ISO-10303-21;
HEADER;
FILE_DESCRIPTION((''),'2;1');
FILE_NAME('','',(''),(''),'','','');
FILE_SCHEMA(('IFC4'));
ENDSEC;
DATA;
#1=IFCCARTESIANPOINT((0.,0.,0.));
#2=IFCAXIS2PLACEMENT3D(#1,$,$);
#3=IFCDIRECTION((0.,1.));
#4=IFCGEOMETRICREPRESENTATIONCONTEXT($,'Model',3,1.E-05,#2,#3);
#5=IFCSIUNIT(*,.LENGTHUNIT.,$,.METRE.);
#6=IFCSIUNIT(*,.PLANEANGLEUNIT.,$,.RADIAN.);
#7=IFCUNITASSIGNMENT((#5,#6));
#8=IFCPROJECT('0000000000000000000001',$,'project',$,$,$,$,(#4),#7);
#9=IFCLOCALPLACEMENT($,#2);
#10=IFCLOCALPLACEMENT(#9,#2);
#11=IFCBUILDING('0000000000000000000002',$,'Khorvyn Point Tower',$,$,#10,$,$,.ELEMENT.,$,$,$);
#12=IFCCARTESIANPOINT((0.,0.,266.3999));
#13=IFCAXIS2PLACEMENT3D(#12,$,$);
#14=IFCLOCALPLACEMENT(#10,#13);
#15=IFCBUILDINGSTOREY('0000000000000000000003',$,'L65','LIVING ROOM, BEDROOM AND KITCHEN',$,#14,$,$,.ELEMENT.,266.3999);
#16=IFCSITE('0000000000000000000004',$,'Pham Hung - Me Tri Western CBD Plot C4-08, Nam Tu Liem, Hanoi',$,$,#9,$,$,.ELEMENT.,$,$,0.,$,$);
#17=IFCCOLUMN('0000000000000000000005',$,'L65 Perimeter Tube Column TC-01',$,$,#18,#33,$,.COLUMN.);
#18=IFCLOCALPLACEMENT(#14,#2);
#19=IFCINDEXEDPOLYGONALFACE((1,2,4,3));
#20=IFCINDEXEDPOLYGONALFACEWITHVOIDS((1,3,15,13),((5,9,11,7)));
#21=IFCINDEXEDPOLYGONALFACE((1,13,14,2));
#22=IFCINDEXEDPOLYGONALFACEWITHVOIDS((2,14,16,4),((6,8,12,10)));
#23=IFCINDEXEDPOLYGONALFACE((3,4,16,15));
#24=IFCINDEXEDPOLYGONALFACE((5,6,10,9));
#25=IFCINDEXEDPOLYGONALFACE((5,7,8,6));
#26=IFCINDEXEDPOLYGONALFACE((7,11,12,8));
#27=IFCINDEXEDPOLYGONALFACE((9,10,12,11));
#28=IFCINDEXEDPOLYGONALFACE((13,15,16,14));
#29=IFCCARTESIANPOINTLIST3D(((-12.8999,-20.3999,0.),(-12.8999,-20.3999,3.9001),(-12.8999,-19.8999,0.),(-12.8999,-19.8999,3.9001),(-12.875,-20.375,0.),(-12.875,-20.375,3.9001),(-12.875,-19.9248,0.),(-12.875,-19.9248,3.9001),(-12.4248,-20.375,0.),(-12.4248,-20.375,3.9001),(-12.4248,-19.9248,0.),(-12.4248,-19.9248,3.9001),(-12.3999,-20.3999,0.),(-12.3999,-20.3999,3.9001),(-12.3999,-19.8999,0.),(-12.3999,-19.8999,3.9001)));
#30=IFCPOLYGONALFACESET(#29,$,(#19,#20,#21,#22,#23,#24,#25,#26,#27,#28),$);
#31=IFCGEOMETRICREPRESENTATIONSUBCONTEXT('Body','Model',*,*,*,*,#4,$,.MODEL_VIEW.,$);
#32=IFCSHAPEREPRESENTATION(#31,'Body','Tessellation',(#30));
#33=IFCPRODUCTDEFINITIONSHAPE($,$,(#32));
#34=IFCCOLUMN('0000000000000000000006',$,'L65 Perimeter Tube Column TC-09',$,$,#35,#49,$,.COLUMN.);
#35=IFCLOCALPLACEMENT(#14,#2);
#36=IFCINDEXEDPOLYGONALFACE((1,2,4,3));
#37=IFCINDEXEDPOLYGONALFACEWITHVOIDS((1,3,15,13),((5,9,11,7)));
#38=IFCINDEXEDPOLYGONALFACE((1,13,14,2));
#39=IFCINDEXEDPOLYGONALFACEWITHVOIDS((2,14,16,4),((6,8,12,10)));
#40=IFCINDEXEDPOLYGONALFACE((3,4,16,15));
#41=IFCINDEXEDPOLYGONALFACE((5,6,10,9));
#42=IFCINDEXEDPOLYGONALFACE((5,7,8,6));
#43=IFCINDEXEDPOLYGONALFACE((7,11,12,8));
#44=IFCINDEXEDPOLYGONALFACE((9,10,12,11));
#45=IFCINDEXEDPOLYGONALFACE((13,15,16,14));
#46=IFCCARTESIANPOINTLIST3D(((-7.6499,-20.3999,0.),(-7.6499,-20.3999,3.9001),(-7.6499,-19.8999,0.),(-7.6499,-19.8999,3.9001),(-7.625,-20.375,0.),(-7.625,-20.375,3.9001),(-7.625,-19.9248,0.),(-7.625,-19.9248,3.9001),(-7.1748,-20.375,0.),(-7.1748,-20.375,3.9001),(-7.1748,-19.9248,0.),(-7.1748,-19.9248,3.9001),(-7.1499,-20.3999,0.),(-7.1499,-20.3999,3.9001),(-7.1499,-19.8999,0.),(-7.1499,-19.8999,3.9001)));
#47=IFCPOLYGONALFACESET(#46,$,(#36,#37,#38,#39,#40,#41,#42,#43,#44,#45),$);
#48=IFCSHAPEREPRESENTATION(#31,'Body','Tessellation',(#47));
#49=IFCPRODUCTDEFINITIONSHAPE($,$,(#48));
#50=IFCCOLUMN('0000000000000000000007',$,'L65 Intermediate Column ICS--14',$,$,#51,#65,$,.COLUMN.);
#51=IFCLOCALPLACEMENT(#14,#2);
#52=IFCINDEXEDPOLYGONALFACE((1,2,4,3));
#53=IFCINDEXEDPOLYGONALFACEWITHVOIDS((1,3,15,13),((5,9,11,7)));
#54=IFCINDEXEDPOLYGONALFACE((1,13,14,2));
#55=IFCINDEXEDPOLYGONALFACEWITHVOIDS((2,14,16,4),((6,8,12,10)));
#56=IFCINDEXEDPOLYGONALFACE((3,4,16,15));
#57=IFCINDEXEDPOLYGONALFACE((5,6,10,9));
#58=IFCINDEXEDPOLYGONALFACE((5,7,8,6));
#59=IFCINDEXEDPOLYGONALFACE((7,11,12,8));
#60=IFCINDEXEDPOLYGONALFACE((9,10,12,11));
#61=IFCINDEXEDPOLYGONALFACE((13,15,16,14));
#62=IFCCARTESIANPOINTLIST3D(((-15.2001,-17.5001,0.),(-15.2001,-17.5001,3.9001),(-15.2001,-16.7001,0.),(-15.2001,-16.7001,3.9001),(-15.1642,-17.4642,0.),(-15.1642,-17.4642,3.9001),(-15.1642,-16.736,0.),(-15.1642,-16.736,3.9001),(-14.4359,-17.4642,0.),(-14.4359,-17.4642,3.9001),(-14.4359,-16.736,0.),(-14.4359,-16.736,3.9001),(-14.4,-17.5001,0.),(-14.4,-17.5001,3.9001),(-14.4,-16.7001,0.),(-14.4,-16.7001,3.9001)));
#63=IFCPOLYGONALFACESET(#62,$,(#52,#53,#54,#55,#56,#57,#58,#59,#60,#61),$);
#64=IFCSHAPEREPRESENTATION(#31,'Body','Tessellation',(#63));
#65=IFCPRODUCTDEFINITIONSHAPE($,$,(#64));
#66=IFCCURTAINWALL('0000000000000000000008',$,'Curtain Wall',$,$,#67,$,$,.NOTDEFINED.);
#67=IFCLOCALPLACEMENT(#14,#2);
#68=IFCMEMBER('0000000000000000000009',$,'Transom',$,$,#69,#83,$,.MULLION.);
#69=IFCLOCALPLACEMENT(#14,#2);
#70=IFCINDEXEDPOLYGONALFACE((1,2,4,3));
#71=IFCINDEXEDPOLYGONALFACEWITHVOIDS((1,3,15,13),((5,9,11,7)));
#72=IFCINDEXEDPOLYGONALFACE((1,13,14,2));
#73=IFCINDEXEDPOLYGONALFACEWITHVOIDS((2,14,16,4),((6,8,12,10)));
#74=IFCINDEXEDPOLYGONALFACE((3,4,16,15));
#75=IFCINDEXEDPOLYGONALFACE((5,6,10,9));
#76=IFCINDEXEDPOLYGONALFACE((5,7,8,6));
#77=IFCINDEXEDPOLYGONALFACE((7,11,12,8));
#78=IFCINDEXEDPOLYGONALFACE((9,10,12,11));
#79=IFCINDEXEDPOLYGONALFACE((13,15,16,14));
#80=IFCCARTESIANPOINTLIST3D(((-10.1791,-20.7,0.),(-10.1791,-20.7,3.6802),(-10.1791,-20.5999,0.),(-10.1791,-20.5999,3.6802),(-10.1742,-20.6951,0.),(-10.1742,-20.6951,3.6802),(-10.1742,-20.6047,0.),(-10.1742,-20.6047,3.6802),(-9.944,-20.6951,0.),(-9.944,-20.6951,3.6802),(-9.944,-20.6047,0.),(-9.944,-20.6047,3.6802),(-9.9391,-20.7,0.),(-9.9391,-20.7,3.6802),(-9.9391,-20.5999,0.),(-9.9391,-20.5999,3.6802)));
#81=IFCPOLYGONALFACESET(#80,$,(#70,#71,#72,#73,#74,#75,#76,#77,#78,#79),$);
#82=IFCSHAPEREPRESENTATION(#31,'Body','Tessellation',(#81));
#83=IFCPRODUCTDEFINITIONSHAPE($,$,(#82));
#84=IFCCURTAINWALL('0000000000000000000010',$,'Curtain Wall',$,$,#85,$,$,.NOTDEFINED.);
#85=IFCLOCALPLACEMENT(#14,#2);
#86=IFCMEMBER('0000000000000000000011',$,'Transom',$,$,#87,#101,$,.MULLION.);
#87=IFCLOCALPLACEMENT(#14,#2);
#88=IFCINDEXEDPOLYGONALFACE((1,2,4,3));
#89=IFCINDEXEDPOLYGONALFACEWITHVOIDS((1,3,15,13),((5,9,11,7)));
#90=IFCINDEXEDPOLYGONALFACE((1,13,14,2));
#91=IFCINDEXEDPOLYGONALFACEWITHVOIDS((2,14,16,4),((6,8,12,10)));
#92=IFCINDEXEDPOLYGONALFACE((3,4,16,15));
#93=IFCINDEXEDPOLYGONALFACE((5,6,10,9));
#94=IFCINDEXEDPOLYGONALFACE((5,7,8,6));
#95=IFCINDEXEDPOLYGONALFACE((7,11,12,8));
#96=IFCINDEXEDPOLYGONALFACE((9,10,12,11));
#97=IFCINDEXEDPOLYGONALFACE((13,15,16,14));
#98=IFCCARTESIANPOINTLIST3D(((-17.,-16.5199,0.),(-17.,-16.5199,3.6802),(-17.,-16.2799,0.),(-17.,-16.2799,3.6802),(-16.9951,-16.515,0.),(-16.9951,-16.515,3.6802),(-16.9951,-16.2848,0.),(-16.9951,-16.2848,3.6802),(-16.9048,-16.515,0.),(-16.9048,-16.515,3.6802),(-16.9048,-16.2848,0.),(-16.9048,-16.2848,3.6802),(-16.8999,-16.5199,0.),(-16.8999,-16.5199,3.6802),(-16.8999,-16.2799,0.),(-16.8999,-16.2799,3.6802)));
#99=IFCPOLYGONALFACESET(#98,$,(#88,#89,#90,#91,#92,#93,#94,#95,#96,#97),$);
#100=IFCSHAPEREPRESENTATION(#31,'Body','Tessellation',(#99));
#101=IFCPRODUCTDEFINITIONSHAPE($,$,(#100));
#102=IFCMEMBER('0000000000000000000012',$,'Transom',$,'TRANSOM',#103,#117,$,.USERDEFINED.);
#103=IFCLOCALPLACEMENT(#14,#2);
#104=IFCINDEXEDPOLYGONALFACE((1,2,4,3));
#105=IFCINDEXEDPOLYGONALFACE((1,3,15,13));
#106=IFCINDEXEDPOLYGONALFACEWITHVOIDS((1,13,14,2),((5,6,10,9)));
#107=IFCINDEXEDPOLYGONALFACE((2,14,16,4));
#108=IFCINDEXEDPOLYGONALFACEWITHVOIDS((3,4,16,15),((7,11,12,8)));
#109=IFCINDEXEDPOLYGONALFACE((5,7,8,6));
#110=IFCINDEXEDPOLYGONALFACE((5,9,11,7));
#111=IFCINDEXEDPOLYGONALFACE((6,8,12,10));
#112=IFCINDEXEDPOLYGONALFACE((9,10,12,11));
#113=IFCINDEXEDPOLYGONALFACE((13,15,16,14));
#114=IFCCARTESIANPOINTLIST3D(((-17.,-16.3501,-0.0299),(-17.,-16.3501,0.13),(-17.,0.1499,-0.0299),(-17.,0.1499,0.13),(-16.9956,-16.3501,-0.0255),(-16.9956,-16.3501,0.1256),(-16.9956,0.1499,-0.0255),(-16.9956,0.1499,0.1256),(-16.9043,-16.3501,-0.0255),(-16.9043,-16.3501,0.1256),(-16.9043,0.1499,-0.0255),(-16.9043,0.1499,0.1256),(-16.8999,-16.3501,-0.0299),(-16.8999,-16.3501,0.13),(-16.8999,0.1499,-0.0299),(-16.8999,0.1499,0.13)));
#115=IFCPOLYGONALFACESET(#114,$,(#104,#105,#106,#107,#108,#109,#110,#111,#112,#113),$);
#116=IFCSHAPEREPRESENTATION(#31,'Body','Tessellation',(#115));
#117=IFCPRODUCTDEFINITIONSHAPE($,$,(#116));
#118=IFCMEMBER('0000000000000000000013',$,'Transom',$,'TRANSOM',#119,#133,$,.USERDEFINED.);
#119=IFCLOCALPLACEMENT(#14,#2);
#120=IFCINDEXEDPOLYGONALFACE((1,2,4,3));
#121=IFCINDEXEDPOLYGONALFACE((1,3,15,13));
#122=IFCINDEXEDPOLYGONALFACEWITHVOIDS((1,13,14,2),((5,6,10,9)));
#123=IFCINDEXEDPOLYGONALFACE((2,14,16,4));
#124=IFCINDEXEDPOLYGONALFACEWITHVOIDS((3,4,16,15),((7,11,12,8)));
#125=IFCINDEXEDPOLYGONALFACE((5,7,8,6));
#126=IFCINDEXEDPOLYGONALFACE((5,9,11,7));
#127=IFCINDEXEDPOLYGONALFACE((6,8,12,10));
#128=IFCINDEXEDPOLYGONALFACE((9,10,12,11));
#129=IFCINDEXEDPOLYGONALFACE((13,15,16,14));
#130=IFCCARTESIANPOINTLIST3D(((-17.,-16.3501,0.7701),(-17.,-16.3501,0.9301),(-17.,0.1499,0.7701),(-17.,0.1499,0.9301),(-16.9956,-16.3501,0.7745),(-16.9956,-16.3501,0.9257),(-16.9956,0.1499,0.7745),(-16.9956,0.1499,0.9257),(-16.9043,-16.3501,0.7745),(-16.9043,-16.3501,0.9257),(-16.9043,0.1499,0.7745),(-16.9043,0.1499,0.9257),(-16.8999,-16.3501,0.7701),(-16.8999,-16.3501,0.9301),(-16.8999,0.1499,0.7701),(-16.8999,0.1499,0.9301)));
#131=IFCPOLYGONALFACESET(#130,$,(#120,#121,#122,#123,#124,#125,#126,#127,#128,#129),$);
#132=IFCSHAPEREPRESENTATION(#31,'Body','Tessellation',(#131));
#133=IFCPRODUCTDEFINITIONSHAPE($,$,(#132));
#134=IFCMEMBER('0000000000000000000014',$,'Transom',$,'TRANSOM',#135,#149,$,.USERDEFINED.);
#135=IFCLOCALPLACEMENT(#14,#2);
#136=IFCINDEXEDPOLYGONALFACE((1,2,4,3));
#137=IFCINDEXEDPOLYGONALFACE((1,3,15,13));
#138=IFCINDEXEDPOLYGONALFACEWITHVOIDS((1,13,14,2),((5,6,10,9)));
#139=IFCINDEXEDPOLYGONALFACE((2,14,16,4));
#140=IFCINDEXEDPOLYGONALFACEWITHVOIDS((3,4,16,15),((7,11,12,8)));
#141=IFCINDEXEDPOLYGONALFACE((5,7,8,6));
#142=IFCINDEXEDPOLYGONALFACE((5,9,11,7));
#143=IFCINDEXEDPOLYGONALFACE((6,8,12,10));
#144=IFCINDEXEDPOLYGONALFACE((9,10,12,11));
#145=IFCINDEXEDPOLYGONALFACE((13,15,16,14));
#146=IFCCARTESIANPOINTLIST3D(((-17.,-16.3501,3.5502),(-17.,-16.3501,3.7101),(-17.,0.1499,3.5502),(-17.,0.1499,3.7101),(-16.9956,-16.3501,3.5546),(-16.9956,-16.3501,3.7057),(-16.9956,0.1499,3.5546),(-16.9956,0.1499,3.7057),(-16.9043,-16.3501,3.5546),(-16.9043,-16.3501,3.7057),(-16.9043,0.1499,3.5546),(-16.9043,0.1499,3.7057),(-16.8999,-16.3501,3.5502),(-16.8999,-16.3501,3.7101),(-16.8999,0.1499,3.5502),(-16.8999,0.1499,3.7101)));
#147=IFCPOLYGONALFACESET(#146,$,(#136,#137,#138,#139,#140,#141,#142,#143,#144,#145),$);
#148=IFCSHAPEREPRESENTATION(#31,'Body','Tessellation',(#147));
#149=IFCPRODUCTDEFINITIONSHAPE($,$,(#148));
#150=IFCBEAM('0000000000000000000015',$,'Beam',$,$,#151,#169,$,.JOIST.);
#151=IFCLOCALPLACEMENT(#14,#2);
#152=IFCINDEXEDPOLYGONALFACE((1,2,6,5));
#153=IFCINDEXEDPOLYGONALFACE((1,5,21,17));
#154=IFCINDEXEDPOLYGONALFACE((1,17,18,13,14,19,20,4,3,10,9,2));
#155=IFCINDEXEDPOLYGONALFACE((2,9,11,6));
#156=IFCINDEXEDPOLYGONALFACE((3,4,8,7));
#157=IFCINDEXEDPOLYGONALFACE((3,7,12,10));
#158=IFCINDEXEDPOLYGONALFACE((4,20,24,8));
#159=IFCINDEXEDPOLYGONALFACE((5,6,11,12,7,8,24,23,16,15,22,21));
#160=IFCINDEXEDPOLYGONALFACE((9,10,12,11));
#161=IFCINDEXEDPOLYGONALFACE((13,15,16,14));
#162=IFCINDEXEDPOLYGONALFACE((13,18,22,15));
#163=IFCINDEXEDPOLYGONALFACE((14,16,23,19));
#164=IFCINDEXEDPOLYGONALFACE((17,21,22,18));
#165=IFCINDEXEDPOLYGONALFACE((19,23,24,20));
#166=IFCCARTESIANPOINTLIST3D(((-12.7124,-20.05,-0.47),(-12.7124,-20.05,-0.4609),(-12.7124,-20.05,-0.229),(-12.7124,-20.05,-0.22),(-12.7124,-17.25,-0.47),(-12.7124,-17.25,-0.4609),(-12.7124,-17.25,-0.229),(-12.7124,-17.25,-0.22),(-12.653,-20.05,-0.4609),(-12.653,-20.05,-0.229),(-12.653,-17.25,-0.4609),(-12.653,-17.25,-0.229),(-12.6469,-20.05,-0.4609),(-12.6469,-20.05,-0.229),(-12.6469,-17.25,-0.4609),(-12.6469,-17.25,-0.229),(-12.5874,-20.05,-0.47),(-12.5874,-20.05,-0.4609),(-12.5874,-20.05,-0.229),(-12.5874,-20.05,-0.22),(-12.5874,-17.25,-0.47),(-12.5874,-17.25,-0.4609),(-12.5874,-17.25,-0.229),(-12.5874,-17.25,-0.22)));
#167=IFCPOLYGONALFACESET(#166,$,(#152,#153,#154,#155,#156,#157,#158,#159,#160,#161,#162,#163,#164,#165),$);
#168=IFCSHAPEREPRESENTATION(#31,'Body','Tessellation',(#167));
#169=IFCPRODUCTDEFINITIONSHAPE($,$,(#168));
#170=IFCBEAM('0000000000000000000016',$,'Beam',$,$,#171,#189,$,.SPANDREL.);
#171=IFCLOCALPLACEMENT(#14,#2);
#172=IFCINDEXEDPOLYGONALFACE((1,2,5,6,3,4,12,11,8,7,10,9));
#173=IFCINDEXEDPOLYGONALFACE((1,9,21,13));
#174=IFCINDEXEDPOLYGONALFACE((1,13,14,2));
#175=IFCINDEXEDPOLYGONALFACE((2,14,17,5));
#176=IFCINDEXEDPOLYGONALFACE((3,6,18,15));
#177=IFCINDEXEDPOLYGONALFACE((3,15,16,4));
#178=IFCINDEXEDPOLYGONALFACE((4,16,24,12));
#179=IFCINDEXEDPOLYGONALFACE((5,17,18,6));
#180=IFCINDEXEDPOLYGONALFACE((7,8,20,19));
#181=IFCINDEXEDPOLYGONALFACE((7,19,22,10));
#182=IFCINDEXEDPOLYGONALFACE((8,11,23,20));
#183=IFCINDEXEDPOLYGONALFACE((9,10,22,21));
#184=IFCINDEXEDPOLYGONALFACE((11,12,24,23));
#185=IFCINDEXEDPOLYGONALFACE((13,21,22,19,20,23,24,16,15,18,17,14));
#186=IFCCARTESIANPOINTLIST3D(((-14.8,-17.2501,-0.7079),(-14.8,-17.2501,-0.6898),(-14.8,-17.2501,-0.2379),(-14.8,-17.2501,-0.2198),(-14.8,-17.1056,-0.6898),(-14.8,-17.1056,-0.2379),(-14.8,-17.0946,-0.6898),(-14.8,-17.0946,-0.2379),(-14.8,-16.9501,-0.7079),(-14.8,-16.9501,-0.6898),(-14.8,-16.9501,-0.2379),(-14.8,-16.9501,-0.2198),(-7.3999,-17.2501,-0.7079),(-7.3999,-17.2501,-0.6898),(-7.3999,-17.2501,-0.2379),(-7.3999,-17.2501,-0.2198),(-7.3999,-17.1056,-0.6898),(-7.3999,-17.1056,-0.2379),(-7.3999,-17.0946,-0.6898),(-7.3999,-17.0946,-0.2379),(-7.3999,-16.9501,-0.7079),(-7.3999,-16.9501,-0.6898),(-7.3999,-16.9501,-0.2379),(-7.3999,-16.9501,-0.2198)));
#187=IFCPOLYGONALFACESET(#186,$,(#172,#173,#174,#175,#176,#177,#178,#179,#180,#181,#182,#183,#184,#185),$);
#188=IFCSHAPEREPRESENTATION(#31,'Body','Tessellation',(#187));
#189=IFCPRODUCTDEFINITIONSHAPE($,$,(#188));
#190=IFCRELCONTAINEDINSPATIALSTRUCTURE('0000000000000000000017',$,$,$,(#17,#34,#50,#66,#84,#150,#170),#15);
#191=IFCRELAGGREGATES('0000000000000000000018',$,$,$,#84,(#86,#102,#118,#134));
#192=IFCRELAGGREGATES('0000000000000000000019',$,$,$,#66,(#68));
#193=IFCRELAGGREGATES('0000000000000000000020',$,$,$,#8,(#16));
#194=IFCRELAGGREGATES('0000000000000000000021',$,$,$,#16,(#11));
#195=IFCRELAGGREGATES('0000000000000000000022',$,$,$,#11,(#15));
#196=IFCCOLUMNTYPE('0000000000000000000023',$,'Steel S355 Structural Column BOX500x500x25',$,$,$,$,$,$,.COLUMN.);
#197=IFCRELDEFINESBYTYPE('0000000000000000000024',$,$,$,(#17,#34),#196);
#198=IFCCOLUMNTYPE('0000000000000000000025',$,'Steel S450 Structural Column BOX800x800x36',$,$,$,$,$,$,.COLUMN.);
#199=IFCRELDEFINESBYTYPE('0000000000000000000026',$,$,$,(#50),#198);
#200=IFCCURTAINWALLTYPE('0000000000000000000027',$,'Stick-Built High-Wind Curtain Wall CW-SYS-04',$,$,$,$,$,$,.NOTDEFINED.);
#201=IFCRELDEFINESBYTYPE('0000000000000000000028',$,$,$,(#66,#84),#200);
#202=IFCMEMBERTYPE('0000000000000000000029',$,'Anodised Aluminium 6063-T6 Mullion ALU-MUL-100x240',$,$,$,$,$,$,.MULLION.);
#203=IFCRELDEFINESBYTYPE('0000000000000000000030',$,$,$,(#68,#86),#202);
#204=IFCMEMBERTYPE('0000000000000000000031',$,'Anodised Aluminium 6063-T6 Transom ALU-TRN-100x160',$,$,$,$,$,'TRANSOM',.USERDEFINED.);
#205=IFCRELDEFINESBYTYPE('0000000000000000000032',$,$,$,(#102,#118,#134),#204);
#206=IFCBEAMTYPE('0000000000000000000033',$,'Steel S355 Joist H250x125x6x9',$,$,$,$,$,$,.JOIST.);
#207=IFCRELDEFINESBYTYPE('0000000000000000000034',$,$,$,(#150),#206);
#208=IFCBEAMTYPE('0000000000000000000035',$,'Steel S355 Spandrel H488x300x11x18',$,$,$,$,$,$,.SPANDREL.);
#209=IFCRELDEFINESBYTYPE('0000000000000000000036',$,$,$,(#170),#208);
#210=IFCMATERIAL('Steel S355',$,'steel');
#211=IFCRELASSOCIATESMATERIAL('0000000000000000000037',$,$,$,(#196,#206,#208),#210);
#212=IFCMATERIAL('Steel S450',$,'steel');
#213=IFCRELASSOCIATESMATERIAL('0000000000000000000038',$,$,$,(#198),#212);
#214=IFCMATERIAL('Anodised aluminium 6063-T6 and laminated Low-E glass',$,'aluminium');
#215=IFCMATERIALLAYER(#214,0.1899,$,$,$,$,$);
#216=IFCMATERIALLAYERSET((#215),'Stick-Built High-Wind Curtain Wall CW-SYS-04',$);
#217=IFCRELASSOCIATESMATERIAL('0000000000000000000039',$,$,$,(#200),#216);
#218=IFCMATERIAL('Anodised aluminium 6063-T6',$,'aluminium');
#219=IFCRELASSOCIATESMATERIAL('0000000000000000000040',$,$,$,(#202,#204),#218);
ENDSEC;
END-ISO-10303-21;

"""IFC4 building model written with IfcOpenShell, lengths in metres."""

from ifc_helpers import new_model, si_unit, direction, frame, origin, origin_2d, place, context, subcontext, project, spatial, hollow_rectangle, i_section, extrude, material, layer, layer_set, material_profile, profile_set, type_object, element, aggregate, save


model = new_model("IFC4")

# Units and contexts
model_context = context("Model", 3, precision=1e-05, world=origin(), true_north=direction((0.0, 1.0)))
body_context = subcontext(model_context, "Body", "Model", "MODEL_VIEW")
ifc_project = project(units=[si_unit("LENGTHUNIT", "METRE"), si_unit("PLANEANGLEUNIT", "RADIAN")], contexts=[model_context])

# Site, building, storey
site_placement = place(None, origin())
site = spatial("IfcSite", under=ifc_project, at=site_placement, Name="Pham Hung - Me Tri Western CBD Plot C4-08, Nam Tu Liem, Hanoi", CompositionType="ELEMENT", RefElevation=0.0)
building_placement = place(site_placement, origin())
building = spatial("IfcBuilding", under=site, at=building_placement, Name="Khorvyn Point Tower", CompositionType="ELEMENT")
storey_placement = place(building_placement, frame((0.0, 0.0, 266.3999)))
storey = spatial("IfcBuildingStorey", under=building, at=storey_placement, Name="L65", Description="LIVING ROOM, BEDROOM AND KITCHEN", CompositionType="ELEMENT", Elevation=266.3999)

# Columns
ifc_material_1 = material(Name="Steel S355", Category="steel")
ifc_material_profile_1 = material_profile(ifc_material_1, hollow_rectangle(XDim=0.5, YDim=0.5, WallThickness=0.0249, at=origin_2d()))
ifc_profile_set_1 = profile_set([ifc_material_profile_1], Name="Steel S355 BOX500x500x25")
column_type_1 = type_object("IfcColumnType", Name="Steel S355 Structural Column BOX500x500x25", PredefinedType="COLUMN", material=ifc_profile_set_1)
for number, where, z_axis, x_axis, name in (
    (1, (-12.6499, -20.1499, 0.0), (0.0, 0.0, 1.0), (1.0, 0.0, 0.0), "L65 Perimeter Tube Column TC-01"),
    (2, (-7.3999, -20.1499, 0.0), (0.0, 0.0, 1.0), (1.0, 0.0, 0.0), "L65 Perimeter Tube Column TC-09"),
):
    element("IfcColumn", number, at=place(storey_placement, frame(where, z_axis=z_axis, x_axis=x_axis)), inside=storey, type_object=column_type_1, Name=name, PredefinedType="COLUMN", context=body_context, shape_type="SweptSolid", body=[
        extrude(hollow_rectangle(XDim=0.5, YDim=0.5, WallThickness=0.0249, at=origin_2d()), origin(), (0.0, 0.0, 1.0), 3.9001),
    ])
ifc_material_2 = material(Name="Steel S450", Category="steel")
ifc_material_profile_2 = material_profile(ifc_material_2, hollow_rectangle(XDim=0.8, YDim=0.8, WallThickness=0.0359, at=origin_2d()))
ifc_profile_set_2 = profile_set([ifc_material_profile_2], Name="Steel S450 BOX800x800x36")
column_type_2 = type_object("IfcColumnType", Name="Steel S450 Structural Column BOX800x800x36", PredefinedType="COLUMN", material=ifc_profile_set_2)
column_placement = place(storey_placement, frame((-14.8, -17.1001, 0.0), z_axis=(0.0, 0.0, 1.0), x_axis=(1.0, 0.0, 0.0)))
element("IfcColumn", 3, at=column_placement, inside=storey, type_object=column_type_2, Name="L65 Intermediate Column ICS--14", PredefinedType="COLUMN", context=body_context, shape_type="SweptSolid", body=[
    extrude(hollow_rectangle(XDim=0.8, YDim=0.8, WallThickness=0.0359, at=origin_2d()), origin(), (0.0, 0.0, 1.0), 3.9001),
])

# Curtain wall, member
ifc_material_3 = material(Name="Anodised aluminium 6063-T6 and laminated Low-E glass", Category="aluminium")
ifc_layer_1 = layer(ifc_material_3, 0.1899)
ifc_layer_set_1 = layer_set([ifc_layer_1], Name="Stick-Built High-Wind Curtain Wall CW-SYS-04")
curtain_wall_type = type_object("IfcCurtainWallType", Name="Stick-Built High-Wind Curtain Wall CW-SYS-04", PredefinedType="NOTDEFINED", material=ifc_layer_set_1)
curtain_wall_1_placement = place(storey_placement, origin())
curtain_wall_1 = element("IfcCurtainWall", 4, at=curtain_wall_1_placement, inside=storey, type_object=curtain_wall_type, Name="Curtain Wall", PredefinedType="NOTDEFINED")
ifc_material_4 = material(Name="Anodised aluminium 6063-T6", Category="aluminium")
ifc_material_profile_3 = material_profile(ifc_material_4, hollow_rectangle(XDim=0.1001, YDim=0.24, WallThickness=0.0049, at=origin_2d()))
ifc_profile_set_3 = profile_set([ifc_material_profile_3], Name="Anodised aluminium 6063-T6 ALU-MUL-100x240")
member_type_1 = type_object("IfcMemberType", Name="Anodised Aluminium 6063-T6 Mullion ALU-MUL-100x240", PredefinedType="MULLION", material=ifc_profile_set_3)
member_1_placement = place(storey_placement, frame((-10.0591, -20.6499, 0.0), z_axis=(0.0, 0.0, 1.0), x_axis=(0.0, -1.0, 0.0)))
member_1 = element("IfcMember", 5, at=member_1_placement, type_object=member_type_1, Name="Transom", PredefinedType="MULLION", context=body_context, shape_type="SweptSolid", body=[
    extrude(hollow_rectangle(XDim=0.1001, YDim=0.24, WallThickness=0.0049, at=origin_2d()), origin(), (0.0, 0.0, 1.0), 3.6802),
])

# Curtain wall, members
curtain_wall_2_placement = place(storey_placement, origin())
curtain_wall_2 = element("IfcCurtainWall", 6, at=curtain_wall_2_placement, inside=storey, type_object=curtain_wall_type, Name="Curtain Wall", PredefinedType="NOTDEFINED")
member_2_placement = place(storey_placement, frame((-16.95, -16.3999, 0.0), z_axis=(0.0, 0.0, 1.0), x_axis=(-1.0, 0.0, 0.0)))
member_2 = element("IfcMember", 7, at=member_2_placement, type_object=member_type_1, Name="Transom", PredefinedType="MULLION", context=body_context, shape_type="SweptSolid", body=[
    extrude(hollow_rectangle(XDim=0.1001, YDim=0.24, WallThickness=0.0049, at=origin_2d()), origin(), (0.0, 0.0, 1.0), 3.6802),
])
ifc_material_profile_4 = material_profile(ifc_material_4, hollow_rectangle(XDim=0.1001, YDim=0.1599, WallThickness=0.0044, at=origin_2d()))
ifc_profile_set_4 = profile_set([ifc_material_profile_4], Name="Anodised aluminium 6063-T6 ALU-TRN-100x160")
member_type_2 = type_object("IfcMemberType", Name="Anodised Aluminium 6063-T6 Transom ALU-TRN-100x160", ElementType="TRANSOM", PredefinedType="USERDEFINED", material=ifc_profile_set_4)
member_3_placement = place(storey_placement, frame((-16.95, -16.3501, 0.05), z_axis=(0.0, 1.0, 0.0), x_axis=(-1.0, 0.0, 0.0)))
member_3 = element("IfcMember", 8, at=member_3_placement, type_object=member_type_2, Name="Transom", ObjectType="TRANSOM", PredefinedType="USERDEFINED", context=body_context, shape_type="SweptSolid", body=[
    extrude(hollow_rectangle(XDim=0.1001, YDim=0.1599, WallThickness=0.0044, at=origin_2d()), origin(), (0.0, 0.0, 1.0), 16.5),
])
member_4_placement = place(storey_placement, frame((-16.95, -16.3501, 0.8501), z_axis=(0.0, 1.0, 0.0), x_axis=(-1.0, 0.0, 0.0)))
member_4 = element("IfcMember", 9, at=member_4_placement, type_object=member_type_2, Name="Transom", ObjectType="TRANSOM", PredefinedType="USERDEFINED", context=body_context, shape_type="SweptSolid", body=[
    extrude(hollow_rectangle(XDim=0.1001, YDim=0.1599, WallThickness=0.0044, at=origin_2d()), origin(), (0.0, 0.0, 1.0), 16.5),
])
member_5_placement = place(storey_placement, frame((-16.95, -16.3501, 3.6301), z_axis=(0.0, 1.0, 0.0), x_axis=(-1.0, 0.0, 0.0)))
member_5 = element("IfcMember", 10, at=member_5_placement, type_object=member_type_2, Name="Transom", ObjectType="TRANSOM", PredefinedType="USERDEFINED", context=body_context, shape_type="SweptSolid", body=[
    extrude(hollow_rectangle(XDim=0.1001, YDim=0.1599, WallThickness=0.0044, at=origin_2d()), origin(), (0.0, 0.0, 1.0), 16.5),
])
aggregate(curtain_wall_2, [member_2, member_3, member_4, member_5])

# Beams
ifc_material_profile_5 = material_profile(ifc_material_1, i_section(OverallWidth=0.125, OverallDepth=0.25, WebThickness=0.0061, FlangeThickness=0.009, at=origin_2d()))
ifc_profile_set_5 = profile_set([ifc_material_profile_5], Name="Steel S355 H250x125x6x9")
beam_type_1 = type_object("IfcBeamType", Name="Steel S355 Joist H250x125x6x9", PredefinedType="JOIST", material=ifc_profile_set_5)
beam_1_placement = place(storey_placement, frame((-12.6499, -20.05, -0.345), z_axis=(0.0, 1.0, 0.0), x_axis=(-1.0, 0.0, 0.0)))
element("IfcBeam", 11, at=beam_1_placement, inside=storey, type_object=beam_type_1, Name="Beam", PredefinedType="JOIST", context=body_context, shape_type="SweptSolid", body=[
    extrude(i_section(OverallWidth=0.125, OverallDepth=0.25, WebThickness=0.0061, FlangeThickness=0.009, at=origin_2d()), origin(), (0.0, 0.0, 1.0), 2.8),
])
ifc_material_profile_6 = material_profile(ifc_material_1, i_section(OverallWidth=0.3, OverallDepth=0.488, WebThickness=0.011, FlangeThickness=0.0181, at=origin_2d()))
ifc_profile_set_6 = profile_set([ifc_material_profile_6], Name="Steel S355 H488x300x11x18")
beam_type_2 = type_object("IfcBeamType", Name="Steel S355 Spandrel H488x300x11x18", PredefinedType="SPANDREL", material=ifc_profile_set_6)
beam_2_placement = place(storey_placement, frame((-14.8, -17.1001, -0.4639), z_axis=(1.0, 0.0, 0.0), x_axis=(0.0, 1.0, 0.0)))
element("IfcBeam", 12, at=beam_2_placement, inside=storey, type_object=beam_type_2, Name="Beam", PredefinedType="SPANDREL", context=body_context, shape_type="SweptSolid", body=[
    extrude(i_section(OverallWidth=0.3, OverallDepth=0.488, WebThickness=0.011, FlangeThickness=0.0181, at=origin_2d()), origin(), (0.0, 0.0, 1.0), 7.4001),
])

aggregate(curtain_wall_1, [member_1])

save(model, "model.ifc")
